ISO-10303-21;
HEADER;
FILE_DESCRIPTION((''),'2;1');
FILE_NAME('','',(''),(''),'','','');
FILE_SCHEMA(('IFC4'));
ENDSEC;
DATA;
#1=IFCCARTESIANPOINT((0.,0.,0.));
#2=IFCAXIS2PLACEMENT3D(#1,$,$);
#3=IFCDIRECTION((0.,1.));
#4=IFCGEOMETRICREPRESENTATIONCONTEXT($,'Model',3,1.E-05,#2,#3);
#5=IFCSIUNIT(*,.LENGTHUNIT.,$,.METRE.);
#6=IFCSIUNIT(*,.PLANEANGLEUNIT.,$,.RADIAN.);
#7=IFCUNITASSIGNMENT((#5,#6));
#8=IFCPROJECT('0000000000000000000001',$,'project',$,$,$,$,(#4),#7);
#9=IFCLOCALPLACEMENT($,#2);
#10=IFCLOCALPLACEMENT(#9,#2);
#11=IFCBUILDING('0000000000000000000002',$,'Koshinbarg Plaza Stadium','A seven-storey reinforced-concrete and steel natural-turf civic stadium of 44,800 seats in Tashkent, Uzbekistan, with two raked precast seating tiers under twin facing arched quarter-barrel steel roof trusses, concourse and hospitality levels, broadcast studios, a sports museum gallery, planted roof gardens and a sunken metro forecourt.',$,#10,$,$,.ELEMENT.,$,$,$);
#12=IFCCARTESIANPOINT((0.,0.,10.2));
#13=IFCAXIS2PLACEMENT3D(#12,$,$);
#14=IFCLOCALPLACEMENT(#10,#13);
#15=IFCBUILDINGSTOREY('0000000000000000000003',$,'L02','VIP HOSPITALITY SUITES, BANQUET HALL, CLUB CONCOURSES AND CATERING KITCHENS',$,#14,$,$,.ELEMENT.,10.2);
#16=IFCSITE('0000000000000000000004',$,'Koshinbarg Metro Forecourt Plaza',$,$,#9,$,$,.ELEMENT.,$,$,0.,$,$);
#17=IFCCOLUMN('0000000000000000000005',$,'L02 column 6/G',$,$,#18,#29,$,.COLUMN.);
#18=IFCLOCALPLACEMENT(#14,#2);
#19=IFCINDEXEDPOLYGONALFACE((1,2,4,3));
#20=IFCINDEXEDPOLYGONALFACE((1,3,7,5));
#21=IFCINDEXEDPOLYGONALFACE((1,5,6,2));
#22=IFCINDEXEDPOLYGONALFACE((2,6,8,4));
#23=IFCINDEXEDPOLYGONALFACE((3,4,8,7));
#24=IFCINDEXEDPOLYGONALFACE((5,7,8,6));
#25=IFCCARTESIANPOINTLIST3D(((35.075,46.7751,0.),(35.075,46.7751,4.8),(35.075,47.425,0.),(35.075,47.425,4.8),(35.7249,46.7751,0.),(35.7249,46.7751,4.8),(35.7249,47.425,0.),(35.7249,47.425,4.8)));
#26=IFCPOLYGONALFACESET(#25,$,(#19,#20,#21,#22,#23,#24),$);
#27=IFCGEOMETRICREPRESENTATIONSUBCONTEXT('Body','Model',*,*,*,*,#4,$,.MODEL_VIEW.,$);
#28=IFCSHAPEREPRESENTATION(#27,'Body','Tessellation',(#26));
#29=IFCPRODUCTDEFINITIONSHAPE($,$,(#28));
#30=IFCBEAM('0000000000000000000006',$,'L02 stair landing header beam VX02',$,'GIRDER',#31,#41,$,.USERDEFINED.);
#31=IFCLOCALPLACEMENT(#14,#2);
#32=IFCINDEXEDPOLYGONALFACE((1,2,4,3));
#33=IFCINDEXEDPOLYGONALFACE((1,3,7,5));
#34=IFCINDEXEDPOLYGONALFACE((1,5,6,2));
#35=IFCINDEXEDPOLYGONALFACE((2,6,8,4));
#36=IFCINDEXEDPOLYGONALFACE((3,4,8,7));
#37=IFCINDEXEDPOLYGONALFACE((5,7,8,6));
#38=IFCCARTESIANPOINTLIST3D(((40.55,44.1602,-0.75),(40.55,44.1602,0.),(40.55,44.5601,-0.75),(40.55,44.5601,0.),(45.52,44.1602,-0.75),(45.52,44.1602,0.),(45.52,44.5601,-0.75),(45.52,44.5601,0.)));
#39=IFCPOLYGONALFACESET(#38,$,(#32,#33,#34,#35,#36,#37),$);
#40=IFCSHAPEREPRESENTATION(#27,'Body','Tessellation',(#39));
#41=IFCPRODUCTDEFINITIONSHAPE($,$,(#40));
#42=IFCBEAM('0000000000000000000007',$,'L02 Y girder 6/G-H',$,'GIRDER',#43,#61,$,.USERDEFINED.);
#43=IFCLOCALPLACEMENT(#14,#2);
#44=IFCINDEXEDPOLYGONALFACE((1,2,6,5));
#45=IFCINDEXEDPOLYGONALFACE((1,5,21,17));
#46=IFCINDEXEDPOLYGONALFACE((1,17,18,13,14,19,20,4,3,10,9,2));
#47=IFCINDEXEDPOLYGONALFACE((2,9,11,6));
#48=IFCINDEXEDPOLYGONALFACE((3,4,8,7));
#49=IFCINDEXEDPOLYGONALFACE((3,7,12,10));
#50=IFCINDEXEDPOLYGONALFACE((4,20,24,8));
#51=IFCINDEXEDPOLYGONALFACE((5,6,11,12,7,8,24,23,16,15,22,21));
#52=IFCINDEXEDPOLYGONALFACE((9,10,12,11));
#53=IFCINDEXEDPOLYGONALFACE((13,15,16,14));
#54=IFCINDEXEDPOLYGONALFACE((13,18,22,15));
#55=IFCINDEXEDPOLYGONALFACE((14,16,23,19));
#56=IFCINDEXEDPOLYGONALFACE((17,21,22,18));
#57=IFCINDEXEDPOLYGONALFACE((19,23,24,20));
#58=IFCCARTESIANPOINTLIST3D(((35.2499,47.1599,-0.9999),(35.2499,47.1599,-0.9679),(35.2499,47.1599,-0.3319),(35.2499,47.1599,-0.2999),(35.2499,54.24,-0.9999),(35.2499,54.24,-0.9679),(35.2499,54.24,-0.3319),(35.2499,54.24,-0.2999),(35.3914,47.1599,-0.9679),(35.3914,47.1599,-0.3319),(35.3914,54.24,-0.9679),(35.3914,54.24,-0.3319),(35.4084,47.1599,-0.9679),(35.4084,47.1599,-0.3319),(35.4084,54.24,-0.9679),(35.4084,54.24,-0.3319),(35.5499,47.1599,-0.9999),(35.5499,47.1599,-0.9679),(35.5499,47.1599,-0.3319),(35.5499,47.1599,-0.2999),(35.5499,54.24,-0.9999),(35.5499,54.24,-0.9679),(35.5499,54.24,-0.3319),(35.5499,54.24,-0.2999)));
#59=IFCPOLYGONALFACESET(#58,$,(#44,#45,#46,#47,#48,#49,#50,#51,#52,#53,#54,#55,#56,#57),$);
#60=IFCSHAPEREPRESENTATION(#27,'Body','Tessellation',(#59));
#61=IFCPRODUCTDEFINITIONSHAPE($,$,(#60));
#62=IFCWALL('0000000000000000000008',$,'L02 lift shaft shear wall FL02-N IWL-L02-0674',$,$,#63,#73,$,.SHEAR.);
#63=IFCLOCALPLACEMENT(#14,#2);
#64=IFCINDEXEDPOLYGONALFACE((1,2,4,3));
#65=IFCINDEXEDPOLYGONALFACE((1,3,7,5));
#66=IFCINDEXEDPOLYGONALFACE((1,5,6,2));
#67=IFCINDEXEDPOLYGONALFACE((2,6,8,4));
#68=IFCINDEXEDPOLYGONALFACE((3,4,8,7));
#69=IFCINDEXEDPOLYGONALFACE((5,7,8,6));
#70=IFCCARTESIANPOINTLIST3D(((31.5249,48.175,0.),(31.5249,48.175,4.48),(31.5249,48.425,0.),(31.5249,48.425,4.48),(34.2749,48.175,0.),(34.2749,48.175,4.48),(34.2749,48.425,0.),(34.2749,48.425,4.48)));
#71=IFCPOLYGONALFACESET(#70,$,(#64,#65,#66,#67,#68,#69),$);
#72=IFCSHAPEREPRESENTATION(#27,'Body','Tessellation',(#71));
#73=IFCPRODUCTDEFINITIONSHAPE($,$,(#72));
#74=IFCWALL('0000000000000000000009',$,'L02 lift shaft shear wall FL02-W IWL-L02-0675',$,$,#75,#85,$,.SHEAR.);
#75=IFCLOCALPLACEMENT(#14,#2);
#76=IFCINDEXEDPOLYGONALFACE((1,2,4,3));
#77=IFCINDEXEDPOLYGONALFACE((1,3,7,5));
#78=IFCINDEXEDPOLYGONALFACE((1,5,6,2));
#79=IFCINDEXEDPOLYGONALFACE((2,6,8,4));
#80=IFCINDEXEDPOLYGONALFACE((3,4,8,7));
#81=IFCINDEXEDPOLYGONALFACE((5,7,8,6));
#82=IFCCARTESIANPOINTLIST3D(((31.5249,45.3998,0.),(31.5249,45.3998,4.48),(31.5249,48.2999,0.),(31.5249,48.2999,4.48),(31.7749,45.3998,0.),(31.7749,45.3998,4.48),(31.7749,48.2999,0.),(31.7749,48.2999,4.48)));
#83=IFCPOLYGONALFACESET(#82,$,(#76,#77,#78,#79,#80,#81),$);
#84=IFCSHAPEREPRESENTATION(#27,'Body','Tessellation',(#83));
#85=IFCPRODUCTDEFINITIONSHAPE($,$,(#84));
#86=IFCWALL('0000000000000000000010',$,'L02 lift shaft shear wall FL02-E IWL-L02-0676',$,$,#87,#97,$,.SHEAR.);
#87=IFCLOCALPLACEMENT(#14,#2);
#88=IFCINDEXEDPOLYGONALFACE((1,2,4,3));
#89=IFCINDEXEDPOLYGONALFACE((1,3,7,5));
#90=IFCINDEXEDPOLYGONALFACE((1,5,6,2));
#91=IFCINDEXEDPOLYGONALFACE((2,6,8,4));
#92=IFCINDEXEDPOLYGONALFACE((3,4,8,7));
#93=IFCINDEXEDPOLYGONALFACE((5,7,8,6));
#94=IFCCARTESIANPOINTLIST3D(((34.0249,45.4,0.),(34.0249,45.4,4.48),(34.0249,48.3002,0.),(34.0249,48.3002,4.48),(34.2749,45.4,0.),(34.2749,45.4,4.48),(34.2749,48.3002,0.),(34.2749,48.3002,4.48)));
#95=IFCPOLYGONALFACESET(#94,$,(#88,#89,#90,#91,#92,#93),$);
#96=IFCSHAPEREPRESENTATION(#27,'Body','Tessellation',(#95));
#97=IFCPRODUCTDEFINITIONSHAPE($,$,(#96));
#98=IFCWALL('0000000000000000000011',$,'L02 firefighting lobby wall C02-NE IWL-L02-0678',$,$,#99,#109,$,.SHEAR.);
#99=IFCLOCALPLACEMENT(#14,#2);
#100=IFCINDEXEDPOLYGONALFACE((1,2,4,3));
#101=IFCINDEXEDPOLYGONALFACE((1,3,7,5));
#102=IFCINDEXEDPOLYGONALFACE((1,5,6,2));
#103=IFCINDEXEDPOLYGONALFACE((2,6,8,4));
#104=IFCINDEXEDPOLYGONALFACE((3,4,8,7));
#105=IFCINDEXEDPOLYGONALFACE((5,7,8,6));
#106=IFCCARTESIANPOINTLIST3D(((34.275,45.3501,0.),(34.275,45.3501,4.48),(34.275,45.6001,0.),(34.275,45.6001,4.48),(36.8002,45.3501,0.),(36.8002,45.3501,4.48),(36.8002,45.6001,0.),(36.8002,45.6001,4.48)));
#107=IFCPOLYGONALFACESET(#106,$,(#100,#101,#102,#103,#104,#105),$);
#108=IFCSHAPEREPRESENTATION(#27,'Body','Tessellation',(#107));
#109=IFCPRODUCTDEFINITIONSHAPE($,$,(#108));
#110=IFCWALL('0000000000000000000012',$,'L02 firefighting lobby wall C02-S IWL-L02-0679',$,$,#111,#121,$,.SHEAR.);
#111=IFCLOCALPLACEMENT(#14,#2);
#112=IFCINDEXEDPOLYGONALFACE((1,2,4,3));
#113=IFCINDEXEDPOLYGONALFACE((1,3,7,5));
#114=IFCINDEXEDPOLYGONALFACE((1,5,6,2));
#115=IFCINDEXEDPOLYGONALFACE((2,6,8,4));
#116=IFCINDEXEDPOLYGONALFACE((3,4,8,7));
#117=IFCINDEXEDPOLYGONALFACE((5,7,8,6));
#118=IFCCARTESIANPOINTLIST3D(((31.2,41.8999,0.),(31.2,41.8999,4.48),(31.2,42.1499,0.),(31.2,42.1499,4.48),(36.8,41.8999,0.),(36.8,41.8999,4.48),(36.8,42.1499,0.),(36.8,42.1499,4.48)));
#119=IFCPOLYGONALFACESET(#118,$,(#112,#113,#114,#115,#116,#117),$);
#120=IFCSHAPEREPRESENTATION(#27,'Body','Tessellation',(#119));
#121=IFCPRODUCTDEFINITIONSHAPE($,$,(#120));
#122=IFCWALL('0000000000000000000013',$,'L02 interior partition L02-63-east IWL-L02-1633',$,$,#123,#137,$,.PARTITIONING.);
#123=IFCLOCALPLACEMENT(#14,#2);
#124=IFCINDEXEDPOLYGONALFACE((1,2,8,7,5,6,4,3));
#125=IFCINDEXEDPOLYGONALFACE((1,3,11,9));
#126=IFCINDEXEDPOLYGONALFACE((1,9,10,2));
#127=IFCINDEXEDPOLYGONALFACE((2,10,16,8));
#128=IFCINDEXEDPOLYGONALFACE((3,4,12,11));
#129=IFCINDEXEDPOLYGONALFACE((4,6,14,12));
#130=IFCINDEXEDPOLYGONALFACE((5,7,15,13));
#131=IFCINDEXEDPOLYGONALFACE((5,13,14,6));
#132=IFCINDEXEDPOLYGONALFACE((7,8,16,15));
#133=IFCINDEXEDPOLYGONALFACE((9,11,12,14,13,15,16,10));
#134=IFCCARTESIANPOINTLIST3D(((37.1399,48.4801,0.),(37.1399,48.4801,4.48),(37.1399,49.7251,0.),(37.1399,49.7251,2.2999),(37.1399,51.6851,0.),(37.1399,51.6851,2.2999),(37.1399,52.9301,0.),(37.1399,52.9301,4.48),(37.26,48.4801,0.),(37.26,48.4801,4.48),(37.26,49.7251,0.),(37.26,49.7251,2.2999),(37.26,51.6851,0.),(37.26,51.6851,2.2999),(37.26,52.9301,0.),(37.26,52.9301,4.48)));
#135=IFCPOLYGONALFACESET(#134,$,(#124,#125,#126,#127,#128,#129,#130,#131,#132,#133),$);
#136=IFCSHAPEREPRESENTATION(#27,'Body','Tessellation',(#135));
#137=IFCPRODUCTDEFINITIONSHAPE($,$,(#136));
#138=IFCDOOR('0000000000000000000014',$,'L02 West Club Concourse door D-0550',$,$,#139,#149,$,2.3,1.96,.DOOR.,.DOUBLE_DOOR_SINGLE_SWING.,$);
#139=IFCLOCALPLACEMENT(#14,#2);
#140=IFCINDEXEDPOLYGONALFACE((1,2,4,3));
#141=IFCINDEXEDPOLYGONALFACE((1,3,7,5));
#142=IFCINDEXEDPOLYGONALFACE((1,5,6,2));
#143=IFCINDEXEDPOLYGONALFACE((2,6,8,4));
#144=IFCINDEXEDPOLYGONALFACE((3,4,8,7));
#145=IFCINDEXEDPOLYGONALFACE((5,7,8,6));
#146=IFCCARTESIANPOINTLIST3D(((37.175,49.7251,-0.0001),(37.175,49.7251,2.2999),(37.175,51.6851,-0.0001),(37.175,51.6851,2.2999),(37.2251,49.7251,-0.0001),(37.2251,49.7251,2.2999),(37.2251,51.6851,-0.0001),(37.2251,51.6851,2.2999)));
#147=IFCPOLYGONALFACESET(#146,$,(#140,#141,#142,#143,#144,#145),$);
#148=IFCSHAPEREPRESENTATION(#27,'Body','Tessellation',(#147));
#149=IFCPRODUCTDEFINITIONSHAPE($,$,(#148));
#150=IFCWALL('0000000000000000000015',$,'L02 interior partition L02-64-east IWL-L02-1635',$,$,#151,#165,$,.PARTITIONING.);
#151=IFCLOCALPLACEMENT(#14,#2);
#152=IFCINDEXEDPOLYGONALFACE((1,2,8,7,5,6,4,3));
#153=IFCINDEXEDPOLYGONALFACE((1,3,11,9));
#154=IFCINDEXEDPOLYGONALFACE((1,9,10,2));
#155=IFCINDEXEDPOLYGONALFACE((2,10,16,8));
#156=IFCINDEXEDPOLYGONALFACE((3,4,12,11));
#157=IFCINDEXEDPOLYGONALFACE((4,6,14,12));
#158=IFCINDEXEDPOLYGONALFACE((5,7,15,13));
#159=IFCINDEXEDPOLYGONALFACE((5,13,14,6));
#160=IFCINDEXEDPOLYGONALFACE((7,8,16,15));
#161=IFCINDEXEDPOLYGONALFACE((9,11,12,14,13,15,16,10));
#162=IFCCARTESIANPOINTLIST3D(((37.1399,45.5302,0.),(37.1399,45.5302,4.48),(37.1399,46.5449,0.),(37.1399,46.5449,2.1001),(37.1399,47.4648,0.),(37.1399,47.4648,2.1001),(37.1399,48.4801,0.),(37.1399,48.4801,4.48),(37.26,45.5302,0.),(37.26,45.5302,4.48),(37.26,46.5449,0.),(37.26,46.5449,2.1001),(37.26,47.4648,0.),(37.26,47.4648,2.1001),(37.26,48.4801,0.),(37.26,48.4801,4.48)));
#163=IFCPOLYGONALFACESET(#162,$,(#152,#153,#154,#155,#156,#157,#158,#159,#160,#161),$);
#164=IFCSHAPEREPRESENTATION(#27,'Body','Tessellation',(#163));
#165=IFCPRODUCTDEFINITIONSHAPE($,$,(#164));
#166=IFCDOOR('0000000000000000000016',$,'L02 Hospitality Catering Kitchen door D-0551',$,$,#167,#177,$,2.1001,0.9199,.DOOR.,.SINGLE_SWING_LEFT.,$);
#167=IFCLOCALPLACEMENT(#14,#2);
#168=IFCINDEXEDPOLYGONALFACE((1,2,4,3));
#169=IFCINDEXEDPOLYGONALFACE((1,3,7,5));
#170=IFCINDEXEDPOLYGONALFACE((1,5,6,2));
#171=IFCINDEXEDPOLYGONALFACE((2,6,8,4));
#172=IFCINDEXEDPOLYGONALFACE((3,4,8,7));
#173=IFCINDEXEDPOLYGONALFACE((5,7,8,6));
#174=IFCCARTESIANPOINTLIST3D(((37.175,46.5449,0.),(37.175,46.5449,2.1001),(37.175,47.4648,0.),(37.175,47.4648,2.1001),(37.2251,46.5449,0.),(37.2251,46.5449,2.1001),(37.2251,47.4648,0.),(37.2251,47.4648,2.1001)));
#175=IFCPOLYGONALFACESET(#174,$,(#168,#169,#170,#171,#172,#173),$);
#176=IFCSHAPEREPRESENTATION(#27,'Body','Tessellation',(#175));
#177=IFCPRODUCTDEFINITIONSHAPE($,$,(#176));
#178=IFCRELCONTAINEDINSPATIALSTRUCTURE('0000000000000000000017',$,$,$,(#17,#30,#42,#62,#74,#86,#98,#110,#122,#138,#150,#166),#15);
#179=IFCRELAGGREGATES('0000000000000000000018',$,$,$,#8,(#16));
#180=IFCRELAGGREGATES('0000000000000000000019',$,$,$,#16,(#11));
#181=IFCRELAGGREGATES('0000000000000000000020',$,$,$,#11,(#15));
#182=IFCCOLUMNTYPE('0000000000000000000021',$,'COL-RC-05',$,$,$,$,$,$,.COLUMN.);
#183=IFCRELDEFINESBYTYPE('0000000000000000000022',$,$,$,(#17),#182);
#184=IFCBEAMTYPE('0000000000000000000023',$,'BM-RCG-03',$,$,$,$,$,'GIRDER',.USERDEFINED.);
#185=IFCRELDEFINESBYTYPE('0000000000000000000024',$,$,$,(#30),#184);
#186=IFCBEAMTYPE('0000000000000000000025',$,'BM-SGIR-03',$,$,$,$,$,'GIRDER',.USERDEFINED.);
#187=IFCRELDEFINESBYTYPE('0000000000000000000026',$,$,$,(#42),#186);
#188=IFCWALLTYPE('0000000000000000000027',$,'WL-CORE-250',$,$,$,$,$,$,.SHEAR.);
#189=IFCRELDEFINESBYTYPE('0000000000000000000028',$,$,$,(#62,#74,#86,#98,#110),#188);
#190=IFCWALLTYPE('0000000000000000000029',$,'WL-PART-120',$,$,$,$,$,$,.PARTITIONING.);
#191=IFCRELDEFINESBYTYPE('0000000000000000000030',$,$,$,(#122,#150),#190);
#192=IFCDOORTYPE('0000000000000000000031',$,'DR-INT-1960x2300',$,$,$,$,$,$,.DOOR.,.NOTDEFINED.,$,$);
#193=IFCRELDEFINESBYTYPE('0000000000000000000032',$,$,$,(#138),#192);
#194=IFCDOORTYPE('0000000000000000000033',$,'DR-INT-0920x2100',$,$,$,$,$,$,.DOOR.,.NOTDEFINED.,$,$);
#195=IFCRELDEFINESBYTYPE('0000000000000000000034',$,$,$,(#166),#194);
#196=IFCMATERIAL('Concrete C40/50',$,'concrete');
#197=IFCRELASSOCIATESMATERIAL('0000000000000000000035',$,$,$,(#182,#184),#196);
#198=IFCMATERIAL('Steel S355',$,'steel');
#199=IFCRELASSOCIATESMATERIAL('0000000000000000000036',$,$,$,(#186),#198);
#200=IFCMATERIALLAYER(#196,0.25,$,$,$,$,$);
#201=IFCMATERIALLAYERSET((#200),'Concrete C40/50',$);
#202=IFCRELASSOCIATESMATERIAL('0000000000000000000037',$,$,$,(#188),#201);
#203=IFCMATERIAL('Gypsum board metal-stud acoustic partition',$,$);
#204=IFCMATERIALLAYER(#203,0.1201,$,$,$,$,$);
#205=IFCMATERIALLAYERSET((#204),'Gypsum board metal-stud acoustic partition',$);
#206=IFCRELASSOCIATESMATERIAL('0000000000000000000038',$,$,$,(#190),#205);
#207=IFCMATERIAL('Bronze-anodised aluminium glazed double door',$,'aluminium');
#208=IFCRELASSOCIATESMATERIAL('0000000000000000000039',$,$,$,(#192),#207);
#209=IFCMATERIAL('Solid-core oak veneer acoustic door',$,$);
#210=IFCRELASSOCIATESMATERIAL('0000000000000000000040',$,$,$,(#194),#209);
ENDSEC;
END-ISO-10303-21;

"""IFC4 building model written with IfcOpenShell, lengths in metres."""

from ifc_helpers import new_model, si_unit, direction, frame, frame_2d, origin, origin_2d, place, context, subcontext, project, spatial, rectangle, i_section, extrude, material, layer, layer_set, material_profile, profile_set, type_object, element, fill, save


model = new_model("IFC4")

# Units and contexts
model_context = context("Model", 3, precision=1e-05, world=origin(), true_north=direction((0.0, 1.0)))
body_context = subcontext(model_context, "Body", "Model", "MODEL_VIEW")
ifc_project = project(units=[si_unit("LENGTHUNIT", "METRE"), si_unit("PLANEANGLEUNIT", "RADIAN")], contexts=[model_context])

# Site, building, storey
site_placement = place(None, origin())
site = spatial("IfcSite", under=ifc_project, at=site_placement, Name="Koshinbarg Metro Forecourt Plaza", CompositionType="ELEMENT", RefElevation=0.0)
building_placement = place(site_placement, origin())
building = spatial("IfcBuilding", under=site, at=building_placement, Name="Koshinbarg Plaza Stadium", Description="A seven-storey reinforced-concrete and steel natural-turf civic stadium of 44,800 seats in Tashkent, Uzbekistan, with two raked precast seating tiers under twin facing arched quarter-barrel steel roof trusses, concourse and hospitality levels, broadcast studios, a sports museum gallery, planted roof gardens and a sunken metro forecourt.", CompositionType="ELEMENT")
storey_placement = place(building_placement, frame((0.0, 0.0, 10.2)))
storey = spatial("IfcBuildingStorey", under=building, at=storey_placement, Name="L02", Description="VIP HOSPITALITY SUITES, BANQUET HALL, CLUB CONCOURSES AND CATERING KITCHENS", CompositionType="ELEMENT", Elevation=10.2)

# Column
ifc_material_1 = material(Name="Concrete C40/50", Category="concrete")
ifc_material_profile_1 = material_profile(ifc_material_1, rectangle(XDim=0.6499, YDim=0.6499, at=origin_2d()), Name="RC 650x650")
ifc_profile_set_1 = profile_set([ifc_material_profile_1], Name="Concrete C40/50")
column_type = type_object("IfcColumnType", Name="COL-RC-05", PredefinedType="COLUMN", material=ifc_profile_set_1)
column_placement = place(storey_placement, frame((35.3999, 47.1001, 0.0), z_axis=(0.0, 0.0, 1.0), x_axis=(1.0, 0.0, 0.0)))
element("IfcColumn", 1, at=column_placement, inside=storey, type_object=column_type, Name="L02 column 6/G", PredefinedType="COLUMN", context=body_context, shape_type="SweptSolid", body=[
    extrude(rectangle(XDim=0.6499, YDim=0.6499, at=origin_2d()), origin(), (0.0, 0.0, 1.0), 4.8),
])

# Beams
ifc_material_profile_2 = material_profile(ifc_material_1, rectangle(XDim=0.3999, YDim=0.75, at=origin_2d()), Name="RC 400x750")
ifc_profile_set_2 = profile_set([ifc_material_profile_2], Name="Concrete C40/50")
beam_type_1 = type_object("IfcBeamType", Name="BM-RCG-03", ElementType="GIRDER", PredefinedType="USERDEFINED", material=ifc_profile_set_2)
beam_1_placement = place(storey_placement, frame((40.55, 44.3601, -0.375), z_axis=(1.0, 0.0, 0.0), x_axis=(0.0, 1.0, 0.0)))
element("IfcBeam", 2, at=beam_1_placement, inside=storey, type_object=beam_type_1, Name="L02 stair landing header beam VX02", ObjectType="GIRDER", PredefinedType="USERDEFINED", context=body_context, shape_type="SweptSolid", body=[
    extrude(rectangle(XDim=0.3999, YDim=0.75, at=origin_2d()), origin(), (0.0, 0.0, 1.0), 4.97),
])
ifc_material_2 = material(Name="Steel S355", Category="steel")
ifc_material_profile_3 = material_profile(ifc_material_2, i_section(OverallWidth=0.3, OverallDepth=0.7, WebThickness=0.0171, FlangeThickness=0.032, at=origin_2d()), Name="HEB 700")
ifc_profile_set_3 = profile_set([ifc_material_profile_3], Name="Steel S355")
beam_type_2 = type_object("IfcBeamType", Name="BM-SGIR-03", ElementType="GIRDER", PredefinedType="USERDEFINED", material=ifc_profile_set_3)
beam_2_placement = place(storey_placement, frame((35.3999, 47.1599, -0.6499), z_axis=(0.0, 1.0, 0.0), x_axis=(-1.0, 0.0, 0.0)))
element("IfcBeam", 3, at=beam_2_placement, inside=storey, type_object=beam_type_2, Name="L02 Y girder 6/G-H", ObjectType="GIRDER", PredefinedType="USERDEFINED", context=body_context, shape_type="SweptSolid", body=[
    extrude(i_section(OverallWidth=0.3, OverallDepth=0.7, WebThickness=0.0171, FlangeThickness=0.032, at=origin_2d()), origin(), (0.0, 0.0, 1.0), 7.0801),
])

# Shared definitions
ifc_layer_1 = layer(ifc_material_1, 0.25)
ifc_layer_set_1 = layer_set([ifc_layer_1], Name="Concrete C40/50")
wall_type_1 = type_object("IfcWallType", Name="WL-CORE-250", PredefinedType="SHEAR", material=ifc_layer_set_1)

# Walls
wall_1_placement = place(storey_placement, frame((34.2749, 48.3, 0.0), z_axis=(0.0, 0.0, 1.0), x_axis=(-1.0, 0.0, 0.0)))
element("IfcWall", 4, at=wall_1_placement, inside=storey, type_object=wall_type_1, Name="L02 lift shaft shear wall FL02-N IWL-L02-0674", PredefinedType="SHEAR", context=body_context, shape_type="SweptSolid", body=[
    extrude(rectangle(XDim=2.75, YDim=0.25, at=frame_2d((1.375, 0.0))), origin(), (0.0, 0.0, 1.0), 4.48),
])
for number, where, z_axis, x_axis, name in (
    (5, (31.6499, 48.3, 0.0), (0.0, 0.0, 1.0), (0.0, -1.0, 0.0), "L02 lift shaft shear wall FL02-W IWL-L02-0675"),
    (6, (34.1499, 45.3999, 0.0), (0.0, 0.0, 1.0), (0.0, 1.0, 0.0), "L02 lift shaft shear wall FL02-E IWL-L02-0676"),
):
    element("IfcWall", number, at=place(storey_placement, frame(where, z_axis=z_axis, x_axis=x_axis)), inside=storey, type_object=wall_type_1, Name=name, PredefinedType="SHEAR", context=body_context, shape_type="SweptSolid", body=[
        extrude(rectangle(XDim=2.9001, YDim=0.25, at=frame_2d((1.4502, 0.0))), origin(), (0.0, 0.0, 1.0), 4.48),
    ])

# Walls
wall_2_placement = place(storey_placement, frame((34.2749, 45.4751, 0.0), z_axis=(0.0, 0.0, 1.0), x_axis=(1.0, 0.0, 0.0)))
element("IfcWall", 7, at=wall_2_placement, inside=storey, type_object=wall_type_1, Name="L02 firefighting lobby wall C02-NE IWL-L02-0678", PredefinedType="SHEAR", context=body_context, shape_type="SweptSolid", body=[
    extrude(rectangle(XDim=2.5251, YDim=0.25, at=frame_2d((1.2627, 0.0))), origin(), (0.0, 0.0, 1.0), 4.48),
])
wall_3_placement = place(storey_placement, frame((31.2, 42.0249, 0.0), z_axis=(0.0, 0.0, 1.0), x_axis=(1.0, 0.0, 0.0)))
element("IfcWall", 8, at=wall_3_placement, inside=storey, type_object=wall_type_1, Name="L02 firefighting lobby wall C02-S IWL-L02-0679", PredefinedType="SHEAR", context=body_context, shape_type="SweptSolid", body=[
    extrude(rectangle(XDim=5.6001, YDim=0.25, at=frame_2d((2.8, 0.0))), origin(), (0.0, 0.0, 1.0), 4.48),
])

# Walls, openings, doors
ifc_material_3 = material(Name="Gypsum board metal-stud acoustic partition")
ifc_layer_2 = layer(ifc_material_3, 0.1201)
ifc_layer_set_2 = layer_set([ifc_layer_2], Name="Gypsum board metal-stud acoustic partition")
wall_type_2 = type_object("IfcWallType", Name="WL-PART-120", PredefinedType="PARTITIONING", material=ifc_layer_set_2)
wall_4_placement = place(storey_placement, frame((37.2, 48.48, 0.0), z_axis=(0.0, 0.0, 1.0), x_axis=(0.0, 1.0, 0.0)))
wall_4 = element("IfcWall", 9, at=wall_4_placement, inside=storey, type_object=wall_type_2, Name="L02 interior partition L02-63-east IWL-L02-1633", PredefinedType="PARTITIONING", context=body_context, shape_type="SweptSolid", body=[
    extrude(rectangle(XDim=4.45, YDim=0.1201, at=frame_2d((2.2251, 0.0))), origin(), (0.0, 0.0, 1.0), 4.48),
])
opening_1_placement = place(wall_4_placement, frame((1.2451, 0.0, 0.0)))
opening_1 = element("IfcOpeningElement", 10, at=opening_1_placement, cuts=wall_4, PredefinedType="OPENING", context=body_context, shape_type="SweptSolid", body=[
    extrude(rectangle(XDim=1.96, YDim=2.3, at=frame_2d((0.98, 1.1499))), frame((0.0, 0.0701, 0.0), z_axis=(0.0, -1.0, 0.0), x_axis=(1.0, 0.0, 0.0)), (0.0, 0.0, 1.0), 0.1401),
])
ifc_material_4 = material(Name="Bronze-anodised aluminium glazed double door", Category="aluminium")
door_type_1 = type_object("IfcDoorType", Name="DR-INT-1960x2300", OperationType="NOTDEFINED", PredefinedType="DOOR", material=ifc_material_4)
door_1_placement = place(opening_1_placement, origin())
door_1 = element("IfcDoor", 11, at=door_1_placement, inside=storey, type_object=door_type_1, Name="L02 West Club Concourse door D-0550", OperationType="DOUBLE_DOOR_SINGLE_SWING", OverallHeight=2.3, OverallWidth=1.96, PredefinedType="DOOR", context=body_context, shape_type="SweptSolid", body=[
    extrude(rectangle(XDim=1.96, YDim=2.3, at=frame_2d((0.98, 1.1499))), frame((0.0, 0.0249, 0.0), z_axis=(0.0, -1.0, 0.0), x_axis=(1.0, 0.0, 0.0)), (0.0, 0.0, 1.0), 0.05),
])
fill(opening_1, door_1)
wall_5_placement = place(storey_placement, frame((37.2, 45.53, 0.0), z_axis=(0.0, 0.0, 1.0), x_axis=(0.0, 1.0, 0.0)))
wall_5 = element("IfcWall", 12, at=wall_5_placement, inside=storey, type_object=wall_type_2, Name="L02 interior partition L02-64-east IWL-L02-1635", PredefinedType="PARTITIONING", context=body_context, shape_type="SweptSolid", body=[
    extrude(rectangle(XDim=2.95, YDim=0.1201, at=frame_2d((1.4751, 0.0))), origin(), (0.0, 0.0, 1.0), 4.48),
])
opening_2_placement = place(wall_5_placement, frame((1.0149, 0.0, 0.0)))
opening_2 = element("IfcOpeningElement", 13, at=opening_2_placement, cuts=wall_5, PredefinedType="OPENING", context=body_context, shape_type="SweptSolid", body=[
    extrude(rectangle(XDim=0.9199, YDim=2.1001, at=frame_2d((0.46, 1.05))), frame((0.0, 0.0701, 0.0), z_axis=(0.0, -1.0, 0.0), x_axis=(1.0, 0.0, 0.0)), (0.0, 0.0, 1.0), 0.1401),
])
ifc_material_5 = material(Name="Solid-core oak veneer acoustic door")
door_type_2 = type_object("IfcDoorType", Name="DR-INT-0920x2100", OperationType="NOTDEFINED", PredefinedType="DOOR", material=ifc_material_5)
door_2_placement = place(opening_2_placement, origin())
door_2 = element("IfcDoor", 14, at=door_2_placement, inside=storey, type_object=door_type_2, Name="L02 Hospitality Catering Kitchen door D-0551", OperationType="SINGLE_SWING_LEFT", OverallHeight=2.1001, OverallWidth=0.9199, PredefinedType="DOOR", context=body_context, shape_type="SweptSolid", body=[
    extrude(rectangle(XDim=0.9199, YDim=2.1001, at=frame_2d((0.46, 1.05))), frame((0.0, 0.0249, 0.0), z_axis=(0.0, -1.0, 0.0), x_axis=(1.0, 0.0, 0.0)), (0.0, 0.0, 1.0), 0.05),
])
fill(opening_2, door_2)

save(model, "model.ifc")
